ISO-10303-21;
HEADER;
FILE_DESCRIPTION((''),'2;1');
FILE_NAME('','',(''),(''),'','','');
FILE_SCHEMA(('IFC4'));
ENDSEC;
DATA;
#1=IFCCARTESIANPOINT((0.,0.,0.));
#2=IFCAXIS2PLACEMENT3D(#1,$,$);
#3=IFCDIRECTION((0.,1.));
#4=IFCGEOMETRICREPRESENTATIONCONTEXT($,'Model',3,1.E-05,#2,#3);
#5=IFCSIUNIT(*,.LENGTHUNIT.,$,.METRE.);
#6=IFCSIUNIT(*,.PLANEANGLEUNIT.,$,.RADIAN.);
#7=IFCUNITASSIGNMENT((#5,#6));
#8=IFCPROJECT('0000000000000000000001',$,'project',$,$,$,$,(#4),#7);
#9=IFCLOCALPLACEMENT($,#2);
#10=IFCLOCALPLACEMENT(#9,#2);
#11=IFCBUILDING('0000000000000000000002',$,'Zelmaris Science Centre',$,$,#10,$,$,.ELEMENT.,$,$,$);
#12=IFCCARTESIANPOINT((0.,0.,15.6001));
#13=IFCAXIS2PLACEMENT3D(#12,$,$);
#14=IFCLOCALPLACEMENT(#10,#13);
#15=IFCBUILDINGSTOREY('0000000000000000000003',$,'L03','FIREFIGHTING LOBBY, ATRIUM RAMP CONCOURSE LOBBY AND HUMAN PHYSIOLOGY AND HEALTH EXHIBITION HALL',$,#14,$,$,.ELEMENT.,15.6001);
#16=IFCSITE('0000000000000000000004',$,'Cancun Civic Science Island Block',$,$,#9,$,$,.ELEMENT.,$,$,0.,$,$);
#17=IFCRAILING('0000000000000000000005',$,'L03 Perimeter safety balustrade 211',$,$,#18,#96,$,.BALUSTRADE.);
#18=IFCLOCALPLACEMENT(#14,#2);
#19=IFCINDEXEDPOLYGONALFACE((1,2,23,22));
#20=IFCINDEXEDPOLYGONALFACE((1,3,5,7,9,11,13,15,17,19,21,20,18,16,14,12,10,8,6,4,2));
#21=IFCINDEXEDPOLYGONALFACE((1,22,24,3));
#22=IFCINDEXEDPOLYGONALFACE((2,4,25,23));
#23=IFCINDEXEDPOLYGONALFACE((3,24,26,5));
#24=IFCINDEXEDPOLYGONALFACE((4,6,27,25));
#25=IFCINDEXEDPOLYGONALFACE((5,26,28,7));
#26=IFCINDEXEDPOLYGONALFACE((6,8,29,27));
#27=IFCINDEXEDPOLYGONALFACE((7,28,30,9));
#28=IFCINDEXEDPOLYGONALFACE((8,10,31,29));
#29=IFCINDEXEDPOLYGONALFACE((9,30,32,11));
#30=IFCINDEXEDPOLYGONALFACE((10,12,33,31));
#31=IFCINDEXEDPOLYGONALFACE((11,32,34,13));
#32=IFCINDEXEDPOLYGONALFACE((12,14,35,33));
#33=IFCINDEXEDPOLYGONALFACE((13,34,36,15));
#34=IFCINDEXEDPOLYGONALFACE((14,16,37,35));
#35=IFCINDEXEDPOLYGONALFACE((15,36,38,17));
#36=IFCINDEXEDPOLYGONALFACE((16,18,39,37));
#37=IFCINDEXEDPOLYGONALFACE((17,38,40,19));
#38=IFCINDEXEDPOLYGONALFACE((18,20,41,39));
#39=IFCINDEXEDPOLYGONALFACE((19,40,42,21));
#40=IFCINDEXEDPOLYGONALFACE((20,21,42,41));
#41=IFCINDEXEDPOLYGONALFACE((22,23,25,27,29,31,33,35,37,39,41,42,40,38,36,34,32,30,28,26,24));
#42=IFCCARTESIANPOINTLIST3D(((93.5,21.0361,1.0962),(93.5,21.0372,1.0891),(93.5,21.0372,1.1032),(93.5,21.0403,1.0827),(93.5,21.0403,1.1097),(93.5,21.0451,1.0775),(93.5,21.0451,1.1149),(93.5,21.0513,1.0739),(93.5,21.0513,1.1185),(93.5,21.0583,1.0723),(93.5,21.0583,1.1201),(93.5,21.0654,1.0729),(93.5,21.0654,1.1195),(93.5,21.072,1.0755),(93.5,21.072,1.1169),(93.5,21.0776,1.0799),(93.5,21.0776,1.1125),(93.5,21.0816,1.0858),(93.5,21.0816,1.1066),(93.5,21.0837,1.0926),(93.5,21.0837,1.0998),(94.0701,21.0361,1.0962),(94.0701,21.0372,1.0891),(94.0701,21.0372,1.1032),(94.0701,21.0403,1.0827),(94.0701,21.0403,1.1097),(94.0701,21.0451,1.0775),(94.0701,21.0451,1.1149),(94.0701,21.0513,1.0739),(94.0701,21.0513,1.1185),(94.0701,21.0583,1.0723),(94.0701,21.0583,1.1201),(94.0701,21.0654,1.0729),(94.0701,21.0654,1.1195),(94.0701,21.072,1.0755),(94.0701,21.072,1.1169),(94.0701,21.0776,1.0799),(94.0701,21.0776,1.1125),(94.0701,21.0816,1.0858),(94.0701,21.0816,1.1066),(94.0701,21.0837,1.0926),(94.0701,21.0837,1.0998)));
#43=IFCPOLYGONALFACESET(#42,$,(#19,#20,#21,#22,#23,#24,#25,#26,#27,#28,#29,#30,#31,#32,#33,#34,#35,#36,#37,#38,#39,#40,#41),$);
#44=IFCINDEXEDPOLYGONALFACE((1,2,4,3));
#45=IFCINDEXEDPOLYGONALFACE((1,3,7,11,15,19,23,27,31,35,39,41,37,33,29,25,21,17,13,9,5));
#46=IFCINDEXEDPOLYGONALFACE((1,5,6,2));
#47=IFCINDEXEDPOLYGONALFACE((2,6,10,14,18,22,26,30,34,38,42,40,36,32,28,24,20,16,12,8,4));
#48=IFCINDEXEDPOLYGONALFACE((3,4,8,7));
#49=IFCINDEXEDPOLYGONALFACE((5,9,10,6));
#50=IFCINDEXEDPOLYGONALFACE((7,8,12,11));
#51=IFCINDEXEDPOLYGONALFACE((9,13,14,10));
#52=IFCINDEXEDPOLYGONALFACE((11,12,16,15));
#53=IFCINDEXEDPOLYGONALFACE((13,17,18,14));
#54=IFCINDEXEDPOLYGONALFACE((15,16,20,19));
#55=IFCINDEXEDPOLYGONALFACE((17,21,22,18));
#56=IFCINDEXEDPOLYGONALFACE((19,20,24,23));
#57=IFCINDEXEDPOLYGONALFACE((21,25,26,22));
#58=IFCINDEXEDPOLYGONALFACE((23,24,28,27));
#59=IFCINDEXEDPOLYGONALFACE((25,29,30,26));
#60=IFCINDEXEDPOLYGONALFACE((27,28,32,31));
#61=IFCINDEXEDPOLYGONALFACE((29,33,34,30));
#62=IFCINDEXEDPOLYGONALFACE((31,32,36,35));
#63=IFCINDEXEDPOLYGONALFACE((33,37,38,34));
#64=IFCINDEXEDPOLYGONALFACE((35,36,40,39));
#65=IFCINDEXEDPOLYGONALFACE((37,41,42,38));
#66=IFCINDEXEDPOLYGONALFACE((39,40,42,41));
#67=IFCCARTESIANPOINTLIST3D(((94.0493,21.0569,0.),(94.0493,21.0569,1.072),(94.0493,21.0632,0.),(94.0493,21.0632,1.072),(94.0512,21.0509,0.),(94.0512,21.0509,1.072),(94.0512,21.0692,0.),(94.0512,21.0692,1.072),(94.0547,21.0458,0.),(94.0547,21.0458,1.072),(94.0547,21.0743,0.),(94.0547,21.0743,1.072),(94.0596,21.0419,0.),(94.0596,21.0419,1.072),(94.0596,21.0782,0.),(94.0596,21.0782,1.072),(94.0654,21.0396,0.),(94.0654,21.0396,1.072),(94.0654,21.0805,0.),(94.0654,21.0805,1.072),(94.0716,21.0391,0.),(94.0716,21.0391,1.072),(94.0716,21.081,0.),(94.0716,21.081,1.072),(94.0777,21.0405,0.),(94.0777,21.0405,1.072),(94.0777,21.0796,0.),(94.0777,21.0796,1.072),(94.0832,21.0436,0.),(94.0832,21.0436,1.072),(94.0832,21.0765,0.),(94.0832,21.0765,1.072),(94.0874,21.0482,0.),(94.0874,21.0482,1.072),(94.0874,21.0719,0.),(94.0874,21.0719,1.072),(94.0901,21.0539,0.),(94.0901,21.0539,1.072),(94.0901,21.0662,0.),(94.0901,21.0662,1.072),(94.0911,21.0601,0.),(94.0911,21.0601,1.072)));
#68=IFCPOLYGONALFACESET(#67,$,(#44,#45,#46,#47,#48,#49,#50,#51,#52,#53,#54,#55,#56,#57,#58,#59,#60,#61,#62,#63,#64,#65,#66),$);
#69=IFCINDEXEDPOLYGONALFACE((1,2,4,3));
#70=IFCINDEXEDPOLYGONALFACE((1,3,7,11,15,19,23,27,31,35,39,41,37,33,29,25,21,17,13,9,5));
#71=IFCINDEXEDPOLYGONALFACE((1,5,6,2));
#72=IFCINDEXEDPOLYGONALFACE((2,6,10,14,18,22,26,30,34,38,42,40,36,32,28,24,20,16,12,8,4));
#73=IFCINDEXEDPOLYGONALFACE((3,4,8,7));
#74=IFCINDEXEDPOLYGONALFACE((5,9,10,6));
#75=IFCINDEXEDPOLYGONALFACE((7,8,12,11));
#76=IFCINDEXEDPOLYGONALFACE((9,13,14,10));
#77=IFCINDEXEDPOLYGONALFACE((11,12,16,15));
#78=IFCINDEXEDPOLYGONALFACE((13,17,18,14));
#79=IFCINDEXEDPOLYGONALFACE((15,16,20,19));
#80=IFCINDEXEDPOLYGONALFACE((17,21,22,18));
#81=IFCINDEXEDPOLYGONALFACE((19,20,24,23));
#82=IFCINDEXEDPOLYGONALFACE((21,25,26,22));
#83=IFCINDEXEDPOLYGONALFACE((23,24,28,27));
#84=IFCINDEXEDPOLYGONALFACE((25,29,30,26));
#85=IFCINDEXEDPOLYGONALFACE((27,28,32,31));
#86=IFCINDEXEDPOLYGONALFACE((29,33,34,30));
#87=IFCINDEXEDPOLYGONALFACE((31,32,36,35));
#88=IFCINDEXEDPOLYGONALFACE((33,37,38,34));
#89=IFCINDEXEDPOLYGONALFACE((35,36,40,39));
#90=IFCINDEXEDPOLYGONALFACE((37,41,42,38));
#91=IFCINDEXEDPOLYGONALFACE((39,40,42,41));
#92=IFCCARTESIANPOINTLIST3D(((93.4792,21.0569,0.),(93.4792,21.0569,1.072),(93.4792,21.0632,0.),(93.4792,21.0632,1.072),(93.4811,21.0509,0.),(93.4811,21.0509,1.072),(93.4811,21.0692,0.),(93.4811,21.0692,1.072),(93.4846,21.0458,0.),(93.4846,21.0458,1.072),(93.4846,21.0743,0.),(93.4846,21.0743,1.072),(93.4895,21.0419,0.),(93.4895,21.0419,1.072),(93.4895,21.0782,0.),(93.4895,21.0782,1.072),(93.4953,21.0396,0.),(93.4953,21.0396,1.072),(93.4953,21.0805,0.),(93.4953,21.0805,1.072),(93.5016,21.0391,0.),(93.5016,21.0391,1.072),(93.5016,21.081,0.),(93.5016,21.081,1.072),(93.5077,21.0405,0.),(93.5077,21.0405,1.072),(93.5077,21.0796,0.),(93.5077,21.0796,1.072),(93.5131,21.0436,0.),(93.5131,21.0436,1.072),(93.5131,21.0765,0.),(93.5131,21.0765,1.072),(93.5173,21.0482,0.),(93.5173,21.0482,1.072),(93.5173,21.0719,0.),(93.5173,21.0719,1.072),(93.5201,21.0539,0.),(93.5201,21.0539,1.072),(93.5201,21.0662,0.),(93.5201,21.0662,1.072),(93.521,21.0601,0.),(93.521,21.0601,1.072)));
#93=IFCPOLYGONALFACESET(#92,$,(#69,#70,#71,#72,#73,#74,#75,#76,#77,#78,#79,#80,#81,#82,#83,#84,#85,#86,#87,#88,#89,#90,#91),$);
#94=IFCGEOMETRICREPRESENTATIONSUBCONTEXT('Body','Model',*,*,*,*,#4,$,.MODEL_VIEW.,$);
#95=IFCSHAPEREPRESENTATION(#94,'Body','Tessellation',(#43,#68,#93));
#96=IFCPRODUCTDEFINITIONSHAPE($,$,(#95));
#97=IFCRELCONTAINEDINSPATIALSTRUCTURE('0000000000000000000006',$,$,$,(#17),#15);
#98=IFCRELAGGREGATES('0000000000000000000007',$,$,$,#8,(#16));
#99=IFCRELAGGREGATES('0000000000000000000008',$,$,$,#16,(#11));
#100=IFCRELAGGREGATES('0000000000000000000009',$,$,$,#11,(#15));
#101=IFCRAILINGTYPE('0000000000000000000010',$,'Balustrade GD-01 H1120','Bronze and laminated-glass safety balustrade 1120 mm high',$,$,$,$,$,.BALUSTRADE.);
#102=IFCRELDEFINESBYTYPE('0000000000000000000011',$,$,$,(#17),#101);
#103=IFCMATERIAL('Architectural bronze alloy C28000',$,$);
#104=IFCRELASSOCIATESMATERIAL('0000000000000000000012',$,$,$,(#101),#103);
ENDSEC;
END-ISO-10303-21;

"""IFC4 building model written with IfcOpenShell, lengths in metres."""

from ifc_helpers import new_model, si_unit, direction, frame, origin, origin_2d, place, context, subcontext, project, spatial, circle, extrude, material, type_object, element, save


model = new_model("IFC4")

# Units and contexts
model_context = context("Model", 3, precision=1e-05, world=origin(), true_north=direction((0.0, 1.0)))
body_context = subcontext(model_context, "Body", "Model", "MODEL_VIEW")
ifc_project = project(units=[si_unit("LENGTHUNIT", "METRE"), si_unit("PLANEANGLEUNIT", "RADIAN")], contexts=[model_context])

# Site, building, storey
site_placement = place(None, origin())
site = spatial("IfcSite", under=ifc_project, at=site_placement, Name="Cancun Civic Science Island Block", CompositionType="ELEMENT", RefElevation=0.0)
building_placement = place(site_placement, origin())
building = spatial("IfcBuilding", under=site, at=building_placement, Name="Zelmaris Science Centre", CompositionType="ELEMENT")
storey_placement = place(building_placement, frame((0.0, 0.0, 15.6001)))
storey = spatial("IfcBuildingStorey", under=building, at=storey_placement, Name="L03", Description="FIREFIGHTING LOBBY, ATRIUM RAMP CONCOURSE LOBBY AND HUMAN PHYSIOLOGY AND HEALTH EXHIBITION HALL", CompositionType="ELEMENT", Elevation=15.6001)

# Railing
ifc_material_1 = material(Name="Architectural bronze alloy C28000")
railing_type = type_object("IfcRailingType", Name="Balustrade GD-01 H1120", Description="Bronze and laminated-glass safety balustrade 1120 mm high", PredefinedType="BALUSTRADE", material=ifc_material_1)
railing_placement = place(storey_placement, frame((94.0701, 21.0601, 0.0)))
element("IfcRailing", 1, at=railing_placement, inside=storey, type_object=railing_type, Name="L03 Perimeter safety balustrade 211", PredefinedType="BALUSTRADE", context=body_context, shape_type="SweptSolid", body=[
    extrude(circle(Radius=0.0239, at=origin_2d()), frame((0.0, 0.0, 1.0962), z_axis=(-1.0, 0.0, 0.0), x_axis=(0.0, -1.0, 0.0)), (0.0, 0.0, 1.0), 0.5701),
    extrude(circle(Radius=0.021, at=origin_2d()), origin(), (0.0, 0.0, 1.0), 1.072),
    extrude(circle(Radius=0.021, at=origin_2d()), frame((-0.5701, 0.0, 0.0)), (0.0, 0.0, 1.0), 1.072),
])

save(model, "model.ifc")
